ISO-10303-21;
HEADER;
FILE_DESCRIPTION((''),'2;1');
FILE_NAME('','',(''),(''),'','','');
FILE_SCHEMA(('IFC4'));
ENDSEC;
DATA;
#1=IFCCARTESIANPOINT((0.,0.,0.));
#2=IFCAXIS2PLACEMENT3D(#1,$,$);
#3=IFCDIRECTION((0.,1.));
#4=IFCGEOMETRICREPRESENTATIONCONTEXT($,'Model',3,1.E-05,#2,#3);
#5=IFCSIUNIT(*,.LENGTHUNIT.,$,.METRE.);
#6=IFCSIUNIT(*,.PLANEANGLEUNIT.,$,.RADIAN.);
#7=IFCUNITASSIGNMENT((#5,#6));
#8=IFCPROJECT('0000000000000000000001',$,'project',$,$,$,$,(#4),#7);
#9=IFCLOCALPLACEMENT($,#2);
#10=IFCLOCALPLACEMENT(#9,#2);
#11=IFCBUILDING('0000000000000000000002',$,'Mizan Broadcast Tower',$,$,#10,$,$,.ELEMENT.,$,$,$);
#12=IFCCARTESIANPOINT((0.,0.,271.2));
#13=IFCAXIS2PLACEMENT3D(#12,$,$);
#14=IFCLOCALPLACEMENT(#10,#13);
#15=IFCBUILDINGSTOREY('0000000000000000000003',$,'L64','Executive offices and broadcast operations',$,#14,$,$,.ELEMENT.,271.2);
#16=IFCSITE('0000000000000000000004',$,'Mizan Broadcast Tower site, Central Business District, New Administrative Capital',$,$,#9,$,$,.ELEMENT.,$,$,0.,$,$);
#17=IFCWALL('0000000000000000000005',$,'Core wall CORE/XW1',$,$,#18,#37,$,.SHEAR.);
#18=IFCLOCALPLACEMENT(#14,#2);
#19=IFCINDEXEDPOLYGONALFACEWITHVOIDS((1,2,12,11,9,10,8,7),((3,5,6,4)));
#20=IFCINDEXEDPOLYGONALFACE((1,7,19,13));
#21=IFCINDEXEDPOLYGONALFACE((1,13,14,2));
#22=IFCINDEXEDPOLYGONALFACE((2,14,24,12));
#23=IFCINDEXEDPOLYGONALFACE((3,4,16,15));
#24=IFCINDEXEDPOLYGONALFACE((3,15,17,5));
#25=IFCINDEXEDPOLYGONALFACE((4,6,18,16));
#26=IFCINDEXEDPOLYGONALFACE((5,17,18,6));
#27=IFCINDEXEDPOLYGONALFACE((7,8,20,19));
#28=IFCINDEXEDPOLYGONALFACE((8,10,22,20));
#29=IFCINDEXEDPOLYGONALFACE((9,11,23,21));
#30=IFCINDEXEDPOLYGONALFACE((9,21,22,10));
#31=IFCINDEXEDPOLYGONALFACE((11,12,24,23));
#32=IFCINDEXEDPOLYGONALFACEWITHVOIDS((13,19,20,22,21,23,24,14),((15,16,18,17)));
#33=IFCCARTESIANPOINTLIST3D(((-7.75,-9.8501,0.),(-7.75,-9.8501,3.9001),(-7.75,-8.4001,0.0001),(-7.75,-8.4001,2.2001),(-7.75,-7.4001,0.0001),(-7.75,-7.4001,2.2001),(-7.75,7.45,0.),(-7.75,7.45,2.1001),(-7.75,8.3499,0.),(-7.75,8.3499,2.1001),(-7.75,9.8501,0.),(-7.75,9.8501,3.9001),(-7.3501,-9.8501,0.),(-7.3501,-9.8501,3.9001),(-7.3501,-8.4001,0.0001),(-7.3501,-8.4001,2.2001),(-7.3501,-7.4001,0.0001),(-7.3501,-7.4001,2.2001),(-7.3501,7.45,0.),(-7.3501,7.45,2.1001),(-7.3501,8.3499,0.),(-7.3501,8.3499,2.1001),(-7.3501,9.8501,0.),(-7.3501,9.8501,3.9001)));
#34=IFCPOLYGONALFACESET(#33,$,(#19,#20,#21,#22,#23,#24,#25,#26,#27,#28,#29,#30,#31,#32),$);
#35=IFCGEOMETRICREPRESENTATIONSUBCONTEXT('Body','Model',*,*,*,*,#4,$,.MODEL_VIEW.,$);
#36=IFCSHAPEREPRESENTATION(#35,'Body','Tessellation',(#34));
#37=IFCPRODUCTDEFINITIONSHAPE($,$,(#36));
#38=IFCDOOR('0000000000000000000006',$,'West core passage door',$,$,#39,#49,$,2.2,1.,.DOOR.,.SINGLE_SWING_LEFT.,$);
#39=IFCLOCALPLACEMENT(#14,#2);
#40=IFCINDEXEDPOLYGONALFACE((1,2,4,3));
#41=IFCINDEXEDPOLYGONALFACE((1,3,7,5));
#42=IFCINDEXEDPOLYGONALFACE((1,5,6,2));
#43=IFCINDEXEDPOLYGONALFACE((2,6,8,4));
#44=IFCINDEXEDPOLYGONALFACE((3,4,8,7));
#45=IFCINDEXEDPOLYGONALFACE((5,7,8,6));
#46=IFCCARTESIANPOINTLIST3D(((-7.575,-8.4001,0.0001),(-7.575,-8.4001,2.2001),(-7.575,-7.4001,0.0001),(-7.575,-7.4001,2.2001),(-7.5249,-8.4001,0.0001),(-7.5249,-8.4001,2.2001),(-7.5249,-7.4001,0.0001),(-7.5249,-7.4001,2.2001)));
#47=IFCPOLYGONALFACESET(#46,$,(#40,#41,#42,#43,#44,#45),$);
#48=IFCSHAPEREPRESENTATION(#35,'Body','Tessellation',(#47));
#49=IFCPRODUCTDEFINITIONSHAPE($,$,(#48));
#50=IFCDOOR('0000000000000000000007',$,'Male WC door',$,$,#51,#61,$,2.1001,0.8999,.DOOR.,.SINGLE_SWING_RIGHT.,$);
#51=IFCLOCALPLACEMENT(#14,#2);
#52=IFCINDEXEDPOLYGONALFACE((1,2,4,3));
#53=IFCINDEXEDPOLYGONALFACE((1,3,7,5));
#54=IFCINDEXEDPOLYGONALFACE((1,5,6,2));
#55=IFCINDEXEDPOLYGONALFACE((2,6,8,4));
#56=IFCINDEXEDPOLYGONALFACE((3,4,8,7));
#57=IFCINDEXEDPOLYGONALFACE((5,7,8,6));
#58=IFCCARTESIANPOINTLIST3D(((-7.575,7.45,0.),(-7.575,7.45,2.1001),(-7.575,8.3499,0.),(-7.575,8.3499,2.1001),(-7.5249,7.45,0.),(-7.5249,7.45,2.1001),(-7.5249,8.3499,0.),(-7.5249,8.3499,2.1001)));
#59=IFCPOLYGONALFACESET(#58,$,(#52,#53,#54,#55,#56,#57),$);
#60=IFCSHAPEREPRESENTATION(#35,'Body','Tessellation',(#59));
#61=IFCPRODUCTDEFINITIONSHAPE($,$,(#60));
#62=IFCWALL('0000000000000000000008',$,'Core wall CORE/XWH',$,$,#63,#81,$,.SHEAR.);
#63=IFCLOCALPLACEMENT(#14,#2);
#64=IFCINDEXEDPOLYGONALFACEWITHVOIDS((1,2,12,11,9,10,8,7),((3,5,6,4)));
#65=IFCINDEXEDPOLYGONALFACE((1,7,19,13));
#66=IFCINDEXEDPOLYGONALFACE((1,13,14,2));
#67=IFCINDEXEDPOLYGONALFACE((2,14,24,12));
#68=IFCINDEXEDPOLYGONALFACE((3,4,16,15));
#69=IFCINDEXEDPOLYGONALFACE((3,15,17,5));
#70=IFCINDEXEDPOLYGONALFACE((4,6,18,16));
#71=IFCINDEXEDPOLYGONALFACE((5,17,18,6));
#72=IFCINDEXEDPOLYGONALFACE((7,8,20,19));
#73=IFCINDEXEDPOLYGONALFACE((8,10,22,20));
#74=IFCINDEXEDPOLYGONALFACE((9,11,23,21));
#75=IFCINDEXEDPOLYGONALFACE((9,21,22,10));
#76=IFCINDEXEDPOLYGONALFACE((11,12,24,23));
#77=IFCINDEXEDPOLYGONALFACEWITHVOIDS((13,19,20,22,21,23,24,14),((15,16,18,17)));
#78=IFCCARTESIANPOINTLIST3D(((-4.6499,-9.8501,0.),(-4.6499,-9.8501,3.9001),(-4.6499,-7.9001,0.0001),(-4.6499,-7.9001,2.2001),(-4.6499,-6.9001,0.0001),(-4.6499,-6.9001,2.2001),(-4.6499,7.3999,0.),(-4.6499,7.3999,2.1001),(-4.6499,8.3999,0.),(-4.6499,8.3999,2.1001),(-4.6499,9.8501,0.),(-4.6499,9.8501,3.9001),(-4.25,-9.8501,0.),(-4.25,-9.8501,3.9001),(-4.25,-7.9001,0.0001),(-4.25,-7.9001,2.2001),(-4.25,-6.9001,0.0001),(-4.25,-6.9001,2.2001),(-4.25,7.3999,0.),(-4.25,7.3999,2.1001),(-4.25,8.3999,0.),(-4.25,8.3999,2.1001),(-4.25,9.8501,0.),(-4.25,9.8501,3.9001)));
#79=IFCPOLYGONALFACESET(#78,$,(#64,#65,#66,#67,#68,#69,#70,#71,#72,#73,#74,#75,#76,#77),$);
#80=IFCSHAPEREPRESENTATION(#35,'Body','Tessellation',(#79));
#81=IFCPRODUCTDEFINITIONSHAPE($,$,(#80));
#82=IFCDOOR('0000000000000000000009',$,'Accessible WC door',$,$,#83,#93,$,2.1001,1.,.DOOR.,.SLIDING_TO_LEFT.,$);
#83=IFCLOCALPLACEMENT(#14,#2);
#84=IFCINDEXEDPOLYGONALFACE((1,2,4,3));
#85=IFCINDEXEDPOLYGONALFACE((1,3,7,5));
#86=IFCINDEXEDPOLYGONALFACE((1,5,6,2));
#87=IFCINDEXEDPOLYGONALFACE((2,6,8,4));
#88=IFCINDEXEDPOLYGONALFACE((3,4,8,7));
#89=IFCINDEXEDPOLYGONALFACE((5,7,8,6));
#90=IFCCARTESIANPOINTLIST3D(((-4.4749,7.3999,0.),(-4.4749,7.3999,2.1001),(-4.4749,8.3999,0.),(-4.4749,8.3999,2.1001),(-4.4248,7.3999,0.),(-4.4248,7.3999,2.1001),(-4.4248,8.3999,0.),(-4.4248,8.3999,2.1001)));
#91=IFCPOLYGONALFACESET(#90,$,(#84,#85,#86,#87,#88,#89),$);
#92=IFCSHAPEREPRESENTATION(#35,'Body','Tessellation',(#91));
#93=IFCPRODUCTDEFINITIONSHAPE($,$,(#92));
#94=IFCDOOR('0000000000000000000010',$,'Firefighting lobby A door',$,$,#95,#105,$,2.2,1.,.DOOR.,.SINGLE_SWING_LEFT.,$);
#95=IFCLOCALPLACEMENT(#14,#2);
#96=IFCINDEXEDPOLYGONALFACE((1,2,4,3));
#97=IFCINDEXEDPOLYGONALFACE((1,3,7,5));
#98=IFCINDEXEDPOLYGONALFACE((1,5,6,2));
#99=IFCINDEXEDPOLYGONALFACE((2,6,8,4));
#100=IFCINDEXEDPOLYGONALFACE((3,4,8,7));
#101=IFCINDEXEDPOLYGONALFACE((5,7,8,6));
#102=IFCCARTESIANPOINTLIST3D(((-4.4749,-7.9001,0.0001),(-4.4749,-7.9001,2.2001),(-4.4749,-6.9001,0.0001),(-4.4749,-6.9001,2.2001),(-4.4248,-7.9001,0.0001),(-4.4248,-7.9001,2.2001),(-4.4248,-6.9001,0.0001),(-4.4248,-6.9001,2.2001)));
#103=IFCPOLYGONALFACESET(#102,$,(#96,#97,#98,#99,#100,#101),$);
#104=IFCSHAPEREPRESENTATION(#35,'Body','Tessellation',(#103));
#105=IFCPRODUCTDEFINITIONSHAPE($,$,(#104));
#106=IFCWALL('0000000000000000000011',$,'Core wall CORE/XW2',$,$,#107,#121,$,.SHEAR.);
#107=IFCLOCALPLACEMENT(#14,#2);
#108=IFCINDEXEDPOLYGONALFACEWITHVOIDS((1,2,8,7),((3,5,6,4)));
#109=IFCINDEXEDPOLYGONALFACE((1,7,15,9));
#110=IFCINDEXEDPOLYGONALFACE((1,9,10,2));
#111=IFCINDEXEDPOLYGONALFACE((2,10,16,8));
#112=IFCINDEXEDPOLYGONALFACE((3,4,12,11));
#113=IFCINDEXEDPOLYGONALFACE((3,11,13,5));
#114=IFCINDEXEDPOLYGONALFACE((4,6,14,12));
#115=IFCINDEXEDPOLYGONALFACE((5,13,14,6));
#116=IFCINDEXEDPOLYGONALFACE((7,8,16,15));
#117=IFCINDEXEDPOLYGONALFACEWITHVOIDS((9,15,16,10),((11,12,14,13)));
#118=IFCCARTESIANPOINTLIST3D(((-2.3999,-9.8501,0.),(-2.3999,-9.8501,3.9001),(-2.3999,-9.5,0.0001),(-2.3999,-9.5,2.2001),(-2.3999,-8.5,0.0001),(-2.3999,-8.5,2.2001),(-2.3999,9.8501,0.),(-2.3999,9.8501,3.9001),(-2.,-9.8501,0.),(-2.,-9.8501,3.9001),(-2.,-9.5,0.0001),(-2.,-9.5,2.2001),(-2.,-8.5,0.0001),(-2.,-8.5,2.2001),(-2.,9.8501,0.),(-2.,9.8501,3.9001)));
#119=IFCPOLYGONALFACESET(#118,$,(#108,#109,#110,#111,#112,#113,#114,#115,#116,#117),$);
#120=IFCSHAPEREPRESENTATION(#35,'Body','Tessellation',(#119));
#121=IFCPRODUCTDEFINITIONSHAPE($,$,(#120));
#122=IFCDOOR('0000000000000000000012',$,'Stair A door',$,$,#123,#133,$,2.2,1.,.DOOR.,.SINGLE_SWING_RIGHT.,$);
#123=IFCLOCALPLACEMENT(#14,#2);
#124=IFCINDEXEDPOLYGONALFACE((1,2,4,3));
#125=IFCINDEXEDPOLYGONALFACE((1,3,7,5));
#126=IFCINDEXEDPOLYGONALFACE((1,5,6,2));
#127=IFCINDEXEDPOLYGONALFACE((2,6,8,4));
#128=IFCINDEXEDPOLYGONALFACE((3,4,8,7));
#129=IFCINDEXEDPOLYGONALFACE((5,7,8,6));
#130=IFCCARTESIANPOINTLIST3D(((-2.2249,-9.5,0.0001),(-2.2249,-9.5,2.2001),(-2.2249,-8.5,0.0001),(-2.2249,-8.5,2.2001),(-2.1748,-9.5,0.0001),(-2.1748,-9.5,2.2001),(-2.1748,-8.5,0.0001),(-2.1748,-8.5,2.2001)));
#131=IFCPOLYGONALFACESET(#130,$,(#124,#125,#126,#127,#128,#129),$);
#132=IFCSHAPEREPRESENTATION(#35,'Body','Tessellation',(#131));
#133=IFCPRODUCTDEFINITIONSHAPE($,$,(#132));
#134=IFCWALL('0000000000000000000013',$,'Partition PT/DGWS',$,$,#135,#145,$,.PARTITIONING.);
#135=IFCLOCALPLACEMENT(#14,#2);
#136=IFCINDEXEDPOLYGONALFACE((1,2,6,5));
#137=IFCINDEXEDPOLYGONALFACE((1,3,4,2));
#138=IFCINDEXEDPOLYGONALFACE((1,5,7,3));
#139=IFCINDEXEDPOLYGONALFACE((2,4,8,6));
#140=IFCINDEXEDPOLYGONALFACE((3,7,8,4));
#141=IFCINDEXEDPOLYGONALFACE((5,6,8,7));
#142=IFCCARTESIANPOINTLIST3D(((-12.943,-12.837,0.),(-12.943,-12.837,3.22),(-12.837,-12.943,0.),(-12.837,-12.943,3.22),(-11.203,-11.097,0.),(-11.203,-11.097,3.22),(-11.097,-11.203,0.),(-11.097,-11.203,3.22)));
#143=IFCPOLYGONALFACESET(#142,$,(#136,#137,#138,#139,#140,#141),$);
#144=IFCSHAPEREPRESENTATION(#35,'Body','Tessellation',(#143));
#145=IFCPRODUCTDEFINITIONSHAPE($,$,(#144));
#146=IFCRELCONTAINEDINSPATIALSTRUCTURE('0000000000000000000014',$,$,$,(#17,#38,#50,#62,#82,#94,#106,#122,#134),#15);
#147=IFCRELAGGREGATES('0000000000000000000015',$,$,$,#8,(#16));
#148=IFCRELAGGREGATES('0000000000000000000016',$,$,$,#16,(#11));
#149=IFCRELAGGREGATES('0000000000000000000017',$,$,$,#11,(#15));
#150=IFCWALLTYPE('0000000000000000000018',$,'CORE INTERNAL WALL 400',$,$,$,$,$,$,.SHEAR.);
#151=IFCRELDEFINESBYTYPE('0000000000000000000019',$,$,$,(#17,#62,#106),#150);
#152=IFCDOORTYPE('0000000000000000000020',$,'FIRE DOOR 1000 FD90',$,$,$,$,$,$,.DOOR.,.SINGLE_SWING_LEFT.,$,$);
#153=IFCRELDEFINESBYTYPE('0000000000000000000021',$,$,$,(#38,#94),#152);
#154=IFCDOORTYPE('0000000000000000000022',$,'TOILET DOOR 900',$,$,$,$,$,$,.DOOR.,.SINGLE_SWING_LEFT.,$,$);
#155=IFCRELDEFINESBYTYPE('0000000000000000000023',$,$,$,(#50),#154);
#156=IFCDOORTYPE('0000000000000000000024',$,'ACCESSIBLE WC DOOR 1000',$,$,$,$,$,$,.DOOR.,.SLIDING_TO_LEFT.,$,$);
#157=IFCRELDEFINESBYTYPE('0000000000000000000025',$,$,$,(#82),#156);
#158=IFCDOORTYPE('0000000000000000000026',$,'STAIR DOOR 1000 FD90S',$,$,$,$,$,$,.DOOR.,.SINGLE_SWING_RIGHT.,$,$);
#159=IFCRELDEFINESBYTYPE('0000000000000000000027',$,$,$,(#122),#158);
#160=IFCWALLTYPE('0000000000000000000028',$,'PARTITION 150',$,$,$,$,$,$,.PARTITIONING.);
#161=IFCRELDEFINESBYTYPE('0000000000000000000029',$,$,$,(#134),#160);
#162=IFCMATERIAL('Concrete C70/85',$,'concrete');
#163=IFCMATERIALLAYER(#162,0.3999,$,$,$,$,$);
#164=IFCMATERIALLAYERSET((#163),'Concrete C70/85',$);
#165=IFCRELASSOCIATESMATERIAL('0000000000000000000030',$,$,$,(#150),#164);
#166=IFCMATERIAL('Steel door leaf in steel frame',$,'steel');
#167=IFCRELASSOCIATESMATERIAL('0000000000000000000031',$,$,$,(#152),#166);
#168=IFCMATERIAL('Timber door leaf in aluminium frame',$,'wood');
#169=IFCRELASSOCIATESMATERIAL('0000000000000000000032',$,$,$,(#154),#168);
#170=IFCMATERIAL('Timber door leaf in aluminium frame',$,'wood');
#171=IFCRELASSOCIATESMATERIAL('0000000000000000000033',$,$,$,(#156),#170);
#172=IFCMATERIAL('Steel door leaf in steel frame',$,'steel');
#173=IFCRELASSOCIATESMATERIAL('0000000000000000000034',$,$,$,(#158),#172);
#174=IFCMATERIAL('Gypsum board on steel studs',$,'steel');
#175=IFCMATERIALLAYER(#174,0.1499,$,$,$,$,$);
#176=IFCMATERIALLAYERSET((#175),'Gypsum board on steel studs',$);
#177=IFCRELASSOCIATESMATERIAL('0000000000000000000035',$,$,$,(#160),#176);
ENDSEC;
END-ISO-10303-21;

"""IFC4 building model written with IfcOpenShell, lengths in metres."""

from ifc_helpers import new_model, si_unit, direction, frame, frame_2d, origin, place, context, subcontext, project, spatial, rectangle, extrude, material, layer, layer_set, type_object, element, fill, save


model = new_model("IFC4")

# Units and contexts
model_context = context("Model", 3, precision=1e-05, world=origin(), true_north=direction((0.0, 1.0)))
body_context = subcontext(model_context, "Body", "Model", "MODEL_VIEW")
ifc_project = project(units=[si_unit("LENGTHUNIT", "METRE"), si_unit("PLANEANGLEUNIT", "RADIAN")], contexts=[model_context])

# Site, building, storey
site_placement = place(None, origin())
site = spatial("IfcSite", under=ifc_project, at=site_placement, Name="Mizan Broadcast Tower site, Central Business District, New Administrative Capital", CompositionType="ELEMENT", RefElevation=0.0)
building_placement = place(site_placement, origin())
building = spatial("IfcBuilding", under=site, at=building_placement, Name="Mizan Broadcast Tower", CompositionType="ELEMENT")
storey_placement = place(building_placement, frame((0.0, 0.0, 271.2)))
storey = spatial("IfcBuildingStorey", under=building, at=storey_placement, Name="L64", Description="Executive offices and broadcast operations", CompositionType="ELEMENT", Elevation=271.2)

# Walls, openings, doors
ifc_material_1 = material(Name="Concrete C70/85", Category="concrete")
ifc_layer_1 = layer(ifc_material_1, 0.3999)
ifc_layer_set_1 = layer_set([ifc_layer_1], Name="Concrete C70/85")
wall_type_1 = type_object("IfcWallType", Name="CORE INTERNAL WALL 400", PredefinedType="SHEAR", material=ifc_layer_set_1)
wall_1_placement = place(storey_placement, frame((-7.55, -9.8501, 0.0), z_axis=(0.0, 0.0, 1.0), x_axis=(0.0, 1.0, 0.0)))
wall_1 = element("IfcWall", 1, at=wall_1_placement, inside=storey, type_object=wall_type_1, Name="Core wall CORE/XW1", PredefinedType="SHEAR", context=body_context, shape_type="SweptSolid", body=[
    extrude(rectangle(XDim=19.7002, YDim=0.3999, at=frame_2d((9.8501, 0.0))), origin(), (0.0, 0.0, 1.0), 3.9001),
])
opening_1_placement = place(wall_1_placement, frame((1.45, 0.0, 0.0)))
opening_1 = element("IfcOpeningElement", 2, at=opening_1_placement, cuts=wall_1, PredefinedType="OPENING", context=body_context, shape_type="SweptSolid", body=[
    extrude(rectangle(XDim=1.0, YDim=2.2, at=frame_2d((0.5, 1.1001))), frame((0.0, 0.21, 0.0), z_axis=(0.0, -1.0, 0.0), x_axis=(1.0, 0.0, 0.0)), (0.0, 0.0, 1.0), 0.4199),
])
opening_2_placement = place(wall_1_placement, frame((17.3, 0.0, 0.0)))
opening_2 = element("IfcOpeningElement", 3, at=opening_2_placement, cuts=wall_1, PredefinedType="OPENING", context=body_context, shape_type="SweptSolid", body=[
    extrude(rectangle(XDim=0.8999, YDim=2.1001, at=frame_2d((0.45, 1.05))), frame((0.0, 0.21, 0.0), z_axis=(0.0, -1.0, 0.0), x_axis=(1.0, 0.0, 0.0)), (0.0, 0.0, 1.0), 0.4199),
])
ifc_material_2 = material(Name="Steel door leaf in steel frame", Category="steel")
door_type_1 = type_object("IfcDoorType", Name="FIRE DOOR 1000 FD90", OperationType="SINGLE_SWING_LEFT", PredefinedType="DOOR", material=ifc_material_2)
door_1_placement = place(opening_1_placement, origin())
door_1 = element("IfcDoor", 4, at=door_1_placement, inside=storey, type_object=door_type_1, Name="West core passage door", OperationType="SINGLE_SWING_LEFT", OverallHeight=2.2, OverallWidth=1.0, PredefinedType="DOOR", context=body_context, shape_type="SweptSolid", body=[
    extrude(rectangle(XDim=1.0, YDim=2.2, at=frame_2d((0.5, 1.1001))), frame((0.0, 0.0249, 0.0), z_axis=(0.0, -1.0, 0.0), x_axis=(1.0, 0.0, 0.0)), (0.0, 0.0, 1.0), 0.05),
])
fill(opening_1, door_1)
ifc_material_3 = material(Name="Timber door leaf in aluminium frame", Category="wood")
door_type_2 = type_object("IfcDoorType", Name="TOILET DOOR 900", OperationType="SINGLE_SWING_LEFT", PredefinedType="DOOR", material=ifc_material_3)
door_2_placement = place(opening_2_placement, origin())
door_2 = element("IfcDoor", 5, at=door_2_placement, inside=storey, type_object=door_type_2, Name="Male WC door", OperationType="SINGLE_SWING_RIGHT", OverallHeight=2.1001, OverallWidth=0.8999, PredefinedType="DOOR", context=body_context, shape_type="SweptSolid", body=[
    extrude(rectangle(XDim=0.8999, YDim=2.1001, at=frame_2d((0.45, 1.05))), frame((0.0, 0.0249, 0.0), z_axis=(0.0, -1.0, 0.0), x_axis=(1.0, 0.0, 0.0)), (0.0, 0.0, 1.0), 0.05),
])
fill(opening_2, door_2)
wall_2_placement = place(storey_placement, frame((-4.45, -9.8501, 0.0), z_axis=(0.0, 0.0, 1.0), x_axis=(0.0, 1.0, 0.0)))
wall_2 = element("IfcWall", 6, at=wall_2_placement, inside=storey, type_object=wall_type_1, Name="Core wall CORE/XWH", PredefinedType="SHEAR", context=body_context, shape_type="SweptSolid", body=[
    extrude(rectangle(XDim=19.7002, YDim=0.3999, at=frame_2d((9.8501, 0.0))), origin(), (0.0, 0.0, 1.0), 3.9001),
])
opening_3_placement = place(wall_2_placement, frame((1.95, 0.0, 0.0)))
opening_3 = element("IfcOpeningElement", 7, at=opening_3_placement, cuts=wall_2, PredefinedType="OPENING", context=body_context, shape_type="SweptSolid", body=[
    extrude(rectangle(XDim=1.0, YDim=2.2, at=frame_2d((0.5, 1.1001))), frame((0.0, 0.21, 0.0), z_axis=(0.0, -1.0, 0.0), x_axis=(1.0, 0.0, 0.0)), (0.0, 0.0, 1.0), 0.4199),
])
opening_4_placement = place(wall_2_placement, frame((17.25, 0.0, 0.0)))
opening_4 = element("IfcOpeningElement", 8, at=opening_4_placement, cuts=wall_2, PredefinedType="OPENING", context=body_context, shape_type="SweptSolid", body=[
    extrude(rectangle(XDim=1.0, YDim=2.1001, at=frame_2d((0.5, 1.05))), frame((0.0, 0.21, 0.0), z_axis=(0.0, -1.0, 0.0), x_axis=(1.0, 0.0, 0.0)), (0.0, 0.0, 1.0), 0.4199),
])
ifc_material_4 = material(Name="Timber door leaf in aluminium frame", Category="wood")
door_type_3 = type_object("IfcDoorType", Name="ACCESSIBLE WC DOOR 1000", OperationType="SLIDING_TO_LEFT", PredefinedType="DOOR", material=ifc_material_4)
door_3_placement = place(opening_4_placement, origin())
door_3 = element("IfcDoor", 9, at=door_3_placement, inside=storey, type_object=door_type_3, Name="Accessible WC door", OperationType="SLIDING_TO_LEFT", OverallHeight=2.1001, OverallWidth=1.0, PredefinedType="DOOR", context=body_context, shape_type="SweptSolid", body=[
    extrude(rectangle(XDim=1.0, YDim=2.1001, at=frame_2d((0.5, 1.05))), frame((0.0, 0.0249, 0.0), z_axis=(0.0, -1.0, 0.0), x_axis=(1.0, 0.0, 0.0)), (0.0, 0.0, 1.0), 0.05),
])
fill(opening_4, door_3)
door_4_placement = place(opening_3_placement, origin())
door_4 = element("IfcDoor", 10, at=door_4_placement, inside=storey, type_object=door_type_1, Name="Firefighting lobby A door", OperationType="SINGLE_SWING_LEFT", OverallHeight=2.2, OverallWidth=1.0, PredefinedType="DOOR", context=body_context, shape_type="SweptSolid", body=[
    extrude(rectangle(XDim=1.0, YDim=2.2, at=frame_2d((0.5, 1.1001))), frame((0.0, 0.0249, 0.0), z_axis=(0.0, -1.0, 0.0), x_axis=(1.0, 0.0, 0.0)), (0.0, 0.0, 1.0), 0.05),
])
fill(opening_3, door_4)

# Wall, opening, door
wall_3_placement = place(storey_placement, frame((-2.2, -9.8501, 0.0), z_axis=(0.0, 0.0, 1.0), x_axis=(0.0, 1.0, 0.0)))
wall_3 = element("IfcWall", 11, at=wall_3_placement, inside=storey, type_object=wall_type_1, Name="Core wall CORE/XW2", PredefinedType="SHEAR", context=body_context, shape_type="SweptSolid", body=[
    extrude(rectangle(XDim=19.7002, YDim=0.3999, at=frame_2d((9.8501, 0.0))), origin(), (0.0, 0.0, 1.0), 3.9001),
])
opening_5_placement = place(wall_3_placement, frame((0.3501, 0.0, 0.0)))
opening_5 = element("IfcOpeningElement", 12, at=opening_5_placement, cuts=wall_3, PredefinedType="OPENING", context=body_context, shape_type="SweptSolid", body=[
    extrude(rectangle(XDim=1.0, YDim=2.2, at=frame_2d((0.5, 1.1001))), frame((0.0, 0.21, 0.0), z_axis=(0.0, -1.0, 0.0), x_axis=(1.0, 0.0, 0.0)), (0.0, 0.0, 1.0), 0.4199),
])
ifc_material_5 = material(Name="Steel door leaf in steel frame", Category="steel")
door_type_4 = type_object("IfcDoorType", Name="STAIR DOOR 1000 FD90S", OperationType="SINGLE_SWING_RIGHT", PredefinedType="DOOR", material=ifc_material_5)
door_5_placement = place(opening_5_placement, origin())
door_5 = element("IfcDoor", 13, at=door_5_placement, inside=storey, type_object=door_type_4, Name="Stair A door", OperationType="SINGLE_SWING_RIGHT", OverallHeight=2.2, OverallWidth=1.0, PredefinedType="DOOR", context=body_context, shape_type="SweptSolid", body=[
    extrude(rectangle(XDim=1.0, YDim=2.2, at=frame_2d((0.5, 1.1001))), frame((0.0, 0.0249, 0.0), z_axis=(0.0, -1.0, 0.0), x_axis=(1.0, 0.0, 0.0)), (0.0, 0.0, 1.0), 0.05),
])
fill(opening_5, door_5)

# Wall
ifc_material_6 = material(Name="Gypsum board on steel studs", Category="steel")
ifc_layer_2 = layer(ifc_material_6, 0.1499)
ifc_layer_set_2 = layer_set([ifc_layer_2], Name="Gypsum board on steel studs")
wall_type_2 = type_object("IfcWallType", Name="PARTITION 150", PredefinedType="PARTITIONING", material=ifc_layer_set_2)
wall_4_placement = place(storey_placement, frame((-11.1499, -11.1499, 0.0), z_axis=(0.0, 0.0, 1.0), x_axis=(-0.707107, -0.707107, 0.0)))
element("IfcWall", 14, at=wall_4_placement, inside=storey, type_object=wall_type_2, Name="Partition PT/DGWS", PredefinedType="PARTITIONING", context=body_context, shape_type="SweptSolid", body=[
    extrude(rectangle(XDim=2.4607, YDim=0.1499, at=frame_2d((1.2305, 0.0))), origin(), (0.0, 0.0, 1.0), 3.22),
])

save(model, "model.ifc")
